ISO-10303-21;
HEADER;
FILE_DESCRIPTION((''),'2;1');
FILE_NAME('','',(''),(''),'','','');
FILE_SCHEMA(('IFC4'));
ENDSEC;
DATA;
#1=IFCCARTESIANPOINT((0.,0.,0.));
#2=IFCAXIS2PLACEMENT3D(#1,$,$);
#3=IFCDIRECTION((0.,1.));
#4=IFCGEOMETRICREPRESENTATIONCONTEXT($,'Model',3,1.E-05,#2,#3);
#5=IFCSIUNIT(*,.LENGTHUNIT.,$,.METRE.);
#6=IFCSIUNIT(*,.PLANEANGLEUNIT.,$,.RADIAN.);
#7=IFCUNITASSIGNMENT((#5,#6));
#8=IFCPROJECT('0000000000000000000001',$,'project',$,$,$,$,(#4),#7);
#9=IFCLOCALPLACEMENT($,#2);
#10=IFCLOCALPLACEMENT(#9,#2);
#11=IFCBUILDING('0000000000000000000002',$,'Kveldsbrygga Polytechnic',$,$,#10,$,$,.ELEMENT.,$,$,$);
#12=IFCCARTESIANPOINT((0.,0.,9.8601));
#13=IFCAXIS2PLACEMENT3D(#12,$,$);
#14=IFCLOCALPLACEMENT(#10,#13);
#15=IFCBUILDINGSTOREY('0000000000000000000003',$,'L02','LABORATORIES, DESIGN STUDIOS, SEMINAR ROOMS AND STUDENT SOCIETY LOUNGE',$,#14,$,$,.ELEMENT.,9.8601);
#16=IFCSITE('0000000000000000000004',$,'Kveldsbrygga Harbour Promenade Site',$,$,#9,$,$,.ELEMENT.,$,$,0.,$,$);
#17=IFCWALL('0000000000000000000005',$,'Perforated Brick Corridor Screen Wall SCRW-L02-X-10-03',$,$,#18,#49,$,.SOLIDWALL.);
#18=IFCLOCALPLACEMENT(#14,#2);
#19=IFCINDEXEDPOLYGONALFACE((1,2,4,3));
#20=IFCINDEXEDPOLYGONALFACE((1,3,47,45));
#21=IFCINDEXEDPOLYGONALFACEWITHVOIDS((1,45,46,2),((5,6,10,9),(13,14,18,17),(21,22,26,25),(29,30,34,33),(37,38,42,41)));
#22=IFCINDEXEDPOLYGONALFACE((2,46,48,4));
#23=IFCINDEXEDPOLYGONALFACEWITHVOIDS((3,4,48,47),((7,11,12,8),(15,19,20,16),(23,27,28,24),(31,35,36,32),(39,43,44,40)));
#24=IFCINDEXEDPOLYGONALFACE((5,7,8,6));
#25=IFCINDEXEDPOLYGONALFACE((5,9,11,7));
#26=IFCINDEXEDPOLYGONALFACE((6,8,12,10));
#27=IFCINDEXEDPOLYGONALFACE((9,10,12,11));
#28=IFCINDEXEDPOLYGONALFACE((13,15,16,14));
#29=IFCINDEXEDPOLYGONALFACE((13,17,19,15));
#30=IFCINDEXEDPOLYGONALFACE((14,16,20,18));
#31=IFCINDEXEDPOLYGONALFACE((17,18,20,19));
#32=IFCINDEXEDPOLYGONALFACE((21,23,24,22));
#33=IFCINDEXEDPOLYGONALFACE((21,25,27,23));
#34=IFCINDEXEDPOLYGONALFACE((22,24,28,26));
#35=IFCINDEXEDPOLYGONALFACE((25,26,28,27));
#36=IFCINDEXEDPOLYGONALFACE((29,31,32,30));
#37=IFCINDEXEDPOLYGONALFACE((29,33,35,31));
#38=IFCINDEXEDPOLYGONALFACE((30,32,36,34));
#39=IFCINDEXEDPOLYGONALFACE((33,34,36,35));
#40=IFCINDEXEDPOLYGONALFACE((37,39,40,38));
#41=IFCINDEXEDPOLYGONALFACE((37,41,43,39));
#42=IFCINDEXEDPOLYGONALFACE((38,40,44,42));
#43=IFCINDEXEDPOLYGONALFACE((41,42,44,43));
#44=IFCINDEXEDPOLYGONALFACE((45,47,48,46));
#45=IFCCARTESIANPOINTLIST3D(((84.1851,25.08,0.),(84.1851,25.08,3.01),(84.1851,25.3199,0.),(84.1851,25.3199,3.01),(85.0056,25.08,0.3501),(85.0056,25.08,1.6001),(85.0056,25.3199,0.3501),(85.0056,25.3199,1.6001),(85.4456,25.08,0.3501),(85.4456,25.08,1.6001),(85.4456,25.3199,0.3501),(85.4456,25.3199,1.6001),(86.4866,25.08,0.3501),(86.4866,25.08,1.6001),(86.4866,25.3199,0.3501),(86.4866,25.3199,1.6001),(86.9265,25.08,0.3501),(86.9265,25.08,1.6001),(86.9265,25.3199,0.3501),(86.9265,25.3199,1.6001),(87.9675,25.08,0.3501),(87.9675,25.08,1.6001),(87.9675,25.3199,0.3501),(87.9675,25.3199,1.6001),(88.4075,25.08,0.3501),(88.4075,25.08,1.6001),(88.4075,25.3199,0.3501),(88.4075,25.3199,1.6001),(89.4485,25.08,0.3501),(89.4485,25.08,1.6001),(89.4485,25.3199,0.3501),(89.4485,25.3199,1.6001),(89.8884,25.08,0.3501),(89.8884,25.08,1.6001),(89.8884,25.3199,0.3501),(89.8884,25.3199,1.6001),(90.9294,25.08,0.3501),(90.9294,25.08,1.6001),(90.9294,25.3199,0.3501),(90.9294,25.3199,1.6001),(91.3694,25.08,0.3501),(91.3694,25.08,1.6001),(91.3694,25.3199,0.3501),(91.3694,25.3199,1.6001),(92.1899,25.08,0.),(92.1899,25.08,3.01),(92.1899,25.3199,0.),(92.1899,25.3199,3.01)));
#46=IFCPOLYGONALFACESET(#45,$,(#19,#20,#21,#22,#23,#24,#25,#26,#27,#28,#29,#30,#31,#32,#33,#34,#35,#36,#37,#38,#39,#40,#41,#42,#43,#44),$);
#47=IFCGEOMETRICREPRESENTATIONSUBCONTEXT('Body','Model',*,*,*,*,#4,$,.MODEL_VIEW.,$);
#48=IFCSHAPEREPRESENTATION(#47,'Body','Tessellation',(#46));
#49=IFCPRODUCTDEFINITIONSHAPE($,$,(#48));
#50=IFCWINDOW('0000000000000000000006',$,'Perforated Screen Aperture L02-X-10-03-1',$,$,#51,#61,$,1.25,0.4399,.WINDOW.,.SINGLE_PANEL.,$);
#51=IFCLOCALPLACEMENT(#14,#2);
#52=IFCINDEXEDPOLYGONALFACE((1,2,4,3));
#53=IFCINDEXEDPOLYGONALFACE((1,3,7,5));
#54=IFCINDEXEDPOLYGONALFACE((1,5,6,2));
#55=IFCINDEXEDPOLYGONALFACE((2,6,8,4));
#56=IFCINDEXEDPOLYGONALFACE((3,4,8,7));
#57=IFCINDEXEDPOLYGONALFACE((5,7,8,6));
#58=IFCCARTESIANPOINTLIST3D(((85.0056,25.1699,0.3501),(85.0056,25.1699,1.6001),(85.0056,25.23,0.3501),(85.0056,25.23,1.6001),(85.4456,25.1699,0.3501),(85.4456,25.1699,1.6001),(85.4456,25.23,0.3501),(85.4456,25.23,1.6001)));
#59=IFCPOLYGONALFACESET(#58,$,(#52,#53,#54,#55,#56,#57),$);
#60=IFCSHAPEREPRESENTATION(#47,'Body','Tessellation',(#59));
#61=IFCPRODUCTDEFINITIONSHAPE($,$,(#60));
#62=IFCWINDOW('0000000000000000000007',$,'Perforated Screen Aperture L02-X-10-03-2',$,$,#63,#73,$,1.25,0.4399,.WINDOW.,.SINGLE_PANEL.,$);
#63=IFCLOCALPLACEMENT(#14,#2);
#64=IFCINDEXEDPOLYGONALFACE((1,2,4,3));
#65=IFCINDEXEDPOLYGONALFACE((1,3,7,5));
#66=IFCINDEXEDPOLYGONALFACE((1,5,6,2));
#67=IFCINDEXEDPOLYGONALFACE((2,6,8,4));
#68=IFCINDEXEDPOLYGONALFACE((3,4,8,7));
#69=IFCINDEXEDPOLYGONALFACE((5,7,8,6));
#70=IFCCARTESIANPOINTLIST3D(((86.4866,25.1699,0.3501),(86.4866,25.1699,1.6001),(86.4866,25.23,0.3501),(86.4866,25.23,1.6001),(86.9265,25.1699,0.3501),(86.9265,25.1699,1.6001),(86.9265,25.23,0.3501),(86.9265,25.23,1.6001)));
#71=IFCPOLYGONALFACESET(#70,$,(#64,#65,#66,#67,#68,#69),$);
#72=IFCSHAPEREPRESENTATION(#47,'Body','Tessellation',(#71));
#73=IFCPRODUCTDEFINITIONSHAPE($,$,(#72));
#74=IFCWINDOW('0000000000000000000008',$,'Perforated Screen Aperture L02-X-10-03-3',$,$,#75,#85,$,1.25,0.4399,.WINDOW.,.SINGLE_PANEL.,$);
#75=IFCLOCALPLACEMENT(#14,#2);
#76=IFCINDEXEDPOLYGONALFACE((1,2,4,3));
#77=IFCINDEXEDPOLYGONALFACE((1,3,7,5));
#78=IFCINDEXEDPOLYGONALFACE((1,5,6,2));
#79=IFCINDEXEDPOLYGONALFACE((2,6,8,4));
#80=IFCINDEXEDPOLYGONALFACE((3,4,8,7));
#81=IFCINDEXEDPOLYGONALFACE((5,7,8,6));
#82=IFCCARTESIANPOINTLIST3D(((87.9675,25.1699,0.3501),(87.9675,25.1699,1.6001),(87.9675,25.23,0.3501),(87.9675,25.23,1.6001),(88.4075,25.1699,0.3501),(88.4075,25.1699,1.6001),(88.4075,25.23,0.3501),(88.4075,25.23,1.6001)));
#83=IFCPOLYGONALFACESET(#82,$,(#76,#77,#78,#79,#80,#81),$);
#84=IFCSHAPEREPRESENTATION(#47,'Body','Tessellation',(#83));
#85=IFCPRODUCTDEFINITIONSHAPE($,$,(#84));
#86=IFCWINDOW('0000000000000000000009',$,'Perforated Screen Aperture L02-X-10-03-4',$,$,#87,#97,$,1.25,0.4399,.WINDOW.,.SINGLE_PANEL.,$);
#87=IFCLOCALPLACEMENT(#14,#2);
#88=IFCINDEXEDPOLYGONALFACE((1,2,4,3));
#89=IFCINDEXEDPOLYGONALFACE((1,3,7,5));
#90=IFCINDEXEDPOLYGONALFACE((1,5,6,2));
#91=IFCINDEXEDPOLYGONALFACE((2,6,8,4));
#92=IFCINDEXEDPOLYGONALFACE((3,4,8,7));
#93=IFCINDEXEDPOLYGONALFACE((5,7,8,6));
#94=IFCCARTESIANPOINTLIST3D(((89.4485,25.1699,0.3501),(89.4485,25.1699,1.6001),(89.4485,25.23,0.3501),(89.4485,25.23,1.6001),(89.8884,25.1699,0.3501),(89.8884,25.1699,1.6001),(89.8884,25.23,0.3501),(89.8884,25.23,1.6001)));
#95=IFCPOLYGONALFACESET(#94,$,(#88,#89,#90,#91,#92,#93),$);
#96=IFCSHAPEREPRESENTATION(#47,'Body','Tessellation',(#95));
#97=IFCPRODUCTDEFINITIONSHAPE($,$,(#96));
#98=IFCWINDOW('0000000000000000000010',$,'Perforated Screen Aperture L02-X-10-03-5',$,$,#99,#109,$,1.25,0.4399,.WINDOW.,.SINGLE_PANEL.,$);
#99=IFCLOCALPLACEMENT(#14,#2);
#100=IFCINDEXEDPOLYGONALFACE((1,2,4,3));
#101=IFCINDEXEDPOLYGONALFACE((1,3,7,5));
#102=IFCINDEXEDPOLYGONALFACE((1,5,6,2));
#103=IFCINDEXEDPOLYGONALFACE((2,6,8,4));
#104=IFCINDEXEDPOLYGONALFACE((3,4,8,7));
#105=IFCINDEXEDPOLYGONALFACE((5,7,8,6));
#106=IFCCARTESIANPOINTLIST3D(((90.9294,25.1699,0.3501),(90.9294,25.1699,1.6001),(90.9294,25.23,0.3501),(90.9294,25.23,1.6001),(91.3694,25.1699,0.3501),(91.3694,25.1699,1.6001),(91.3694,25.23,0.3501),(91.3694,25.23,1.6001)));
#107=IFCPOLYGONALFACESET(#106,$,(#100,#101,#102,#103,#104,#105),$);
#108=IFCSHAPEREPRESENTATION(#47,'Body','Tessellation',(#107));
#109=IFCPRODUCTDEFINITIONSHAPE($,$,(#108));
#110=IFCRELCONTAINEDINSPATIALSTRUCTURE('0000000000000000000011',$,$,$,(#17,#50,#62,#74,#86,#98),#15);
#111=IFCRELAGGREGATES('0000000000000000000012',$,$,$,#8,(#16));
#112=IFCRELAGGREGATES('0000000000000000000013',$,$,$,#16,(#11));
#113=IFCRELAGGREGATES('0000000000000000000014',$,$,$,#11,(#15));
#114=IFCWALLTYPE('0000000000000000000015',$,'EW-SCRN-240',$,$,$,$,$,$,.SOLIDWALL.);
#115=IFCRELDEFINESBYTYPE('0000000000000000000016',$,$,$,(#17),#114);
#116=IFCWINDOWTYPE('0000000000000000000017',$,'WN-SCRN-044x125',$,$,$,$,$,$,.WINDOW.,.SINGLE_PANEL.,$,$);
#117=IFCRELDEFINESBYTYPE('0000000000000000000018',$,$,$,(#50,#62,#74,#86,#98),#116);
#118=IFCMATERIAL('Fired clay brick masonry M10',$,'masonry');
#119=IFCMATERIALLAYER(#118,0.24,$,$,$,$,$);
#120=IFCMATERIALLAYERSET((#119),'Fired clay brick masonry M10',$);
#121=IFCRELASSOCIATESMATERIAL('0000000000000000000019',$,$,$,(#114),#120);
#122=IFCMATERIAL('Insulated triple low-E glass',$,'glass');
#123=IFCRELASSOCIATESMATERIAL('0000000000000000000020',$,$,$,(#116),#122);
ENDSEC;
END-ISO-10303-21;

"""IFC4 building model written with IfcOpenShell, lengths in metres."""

from ifc_helpers import new_model, si_unit, direction, frame, frame_2d, origin, place, context, subcontext, project, spatial, rectangle, extrude, material, layer, layer_set, type_object, element, fill, save


model = new_model("IFC4")

# Units and contexts
model_context = context("Model", 3, precision=1e-05, world=origin(), true_north=direction((0.0, 1.0)))
body_context = subcontext(model_context, "Body", "Model", "MODEL_VIEW")
ifc_project = project(units=[si_unit("LENGTHUNIT", "METRE"), si_unit("PLANEANGLEUNIT", "RADIAN")], contexts=[model_context])

# Site, building, storey
site_placement = place(None, origin())
site = spatial("IfcSite", under=ifc_project, at=site_placement, Name="Kveldsbrygga Harbour Promenade Site", CompositionType="ELEMENT", RefElevation=0.0)
building_placement = place(site_placement, origin())
building = spatial("IfcBuilding", under=site, at=building_placement, Name="Kveldsbrygga Polytechnic", CompositionType="ELEMENT")
storey_placement = place(building_placement, frame((0.0, 0.0, 9.8601)))
storey = spatial("IfcBuildingStorey", under=building, at=storey_placement, Name="L02", Description="LABORATORIES, DESIGN STUDIOS, SEMINAR ROOMS AND STUDENT SOCIETY LOUNGE", CompositionType="ELEMENT", Elevation=9.8601)

# Shared definitions
ifc_material_1 = material(Name="Fired clay brick masonry M10", Category="masonry")

# Wall, openings, windows
ifc_layer_1 = layer(ifc_material_1, 0.24)
ifc_layer_set_1 = layer_set([ifc_layer_1], Name="Fired clay brick masonry M10")
wall_type_1 = type_object("IfcWallType", Name="EW-SCRN-240", PredefinedType="SOLIDWALL", material=ifc_layer_set_1)
wall_1_placement = place(storey_placement, frame((84.1851, 25.2, 0.0), z_axis=(0.0, 0.0, 1.0), x_axis=(1.0, 0.0, 0.0)))
wall_1 = element("IfcWall", 1, at=wall_1_placement, inside=storey, type_object=wall_type_1, Name="Perforated Brick Corridor Screen Wall SCRW-L02-X-10-03", PredefinedType="SOLIDWALL", context=body_context, shape_type="SweptSolid", body=[
    extrude(rectangle(XDim=8.0049, YDim=0.24, at=frame_2d((4.0024, 0.0))), origin(), (0.0, 0.0, 1.0), 3.01),
])
opening_1_placement = place(wall_1_placement, frame((0.8206, 0.0, 0.3501)))
opening_1 = element("IfcOpeningElement", 2, at=opening_1_placement, cuts=wall_1, PredefinedType="OPENING", context=body_context, shape_type="SweptSolid", body=[
    extrude(rectangle(XDim=0.4399, YDim=1.25, at=frame_2d((0.22, 0.625))), frame((0.0, 0.1299, 0.0), z_axis=(0.0, -1.0, 0.0), x_axis=(1.0, 0.0, 0.0)), (0.0, 0.0, 1.0), 0.26),
])
opening_2_placement = place(wall_1_placement, frame((2.3015, 0.0, 0.3501)))
opening_2 = element("IfcOpeningElement", 3, at=opening_2_placement, cuts=wall_1, PredefinedType="OPENING", context=body_context, shape_type="SweptSolid", body=[
    extrude(rectangle(XDim=0.4399, YDim=1.25, at=frame_2d((0.22, 0.625))), frame((0.0, 0.1299, 0.0), z_axis=(0.0, -1.0, 0.0), x_axis=(1.0, 0.0, 0.0)), (0.0, 0.0, 1.0), 0.26),
])
opening_3_placement = place(wall_1_placement, frame((3.7825, 0.0, 0.3501)))
opening_3 = element("IfcOpeningElement", 4, at=opening_3_placement, cuts=wall_1, PredefinedType="OPENING", context=body_context, shape_type="SweptSolid", body=[
    extrude(rectangle(XDim=0.4399, YDim=1.25, at=frame_2d((0.22, 0.625))), frame((0.0, 0.1299, 0.0), z_axis=(0.0, -1.0, 0.0), x_axis=(1.0, 0.0, 0.0)), (0.0, 0.0, 1.0), 0.26),
])
opening_4_placement = place(wall_1_placement, frame((5.2634, 0.0, 0.3501)))
opening_4 = element("IfcOpeningElement", 5, at=opening_4_placement, cuts=wall_1, PredefinedType="OPENING", context=body_context, shape_type="SweptSolid", body=[
    extrude(rectangle(XDim=0.4399, YDim=1.25, at=frame_2d((0.22, 0.625))), frame((0.0, 0.1299, 0.0), z_axis=(0.0, -1.0, 0.0), x_axis=(1.0, 0.0, 0.0)), (0.0, 0.0, 1.0), 0.26),
])
opening_5_placement = place(wall_1_placement, frame((6.7444, 0.0, 0.3501)))
opening_5 = element("IfcOpeningElement", 6, at=opening_5_placement, cuts=wall_1, PredefinedType="OPENING", context=body_context, shape_type="SweptSolid", body=[
    extrude(rectangle(XDim=0.4399, YDim=1.25, at=frame_2d((0.22, 0.625))), frame((0.0, 0.1299, 0.0), z_axis=(0.0, -1.0, 0.0), x_axis=(1.0, 0.0, 0.0)), (0.0, 0.0, 1.0), 0.26),
])
ifc_material_2 = material(Name="Insulated triple low-E glass", Category="glass")
window_type = type_object("IfcWindowType", Name="WN-SCRN-044x125", PartitioningType="SINGLE_PANEL", PredefinedType="WINDOW", material=ifc_material_2)
window_1_placement = place(opening_1_placement, origin())
window_1 = element("IfcWindow", 7, at=window_1_placement, inside=storey, type_object=window_type, Name="Perforated Screen Aperture L02-X-10-03-1", OverallHeight=1.25, OverallWidth=0.4399, PartitioningType="SINGLE_PANEL", PredefinedType="WINDOW", context=body_context, shape_type="SweptSolid", body=[
    extrude(rectangle(XDim=0.4399, YDim=1.25, at=frame_2d((0.22, 0.625))), frame((0.0, 0.03, 0.0), z_axis=(0.0, -1.0, 0.0), x_axis=(1.0, 0.0, 0.0)), (0.0, 0.0, 1.0), 0.0601),
])
fill(opening_1, window_1)
window_2_placement = place(opening_2_placement, origin())
window_2 = element("IfcWindow", 8, at=window_2_placement, inside=storey, type_object=window_type, Name="Perforated Screen Aperture L02-X-10-03-2", OverallHeight=1.25, OverallWidth=0.4399, PartitioningType="SINGLE_PANEL", PredefinedType="WINDOW", context=body_context, shape_type="SweptSolid", body=[
    extrude(rectangle(XDim=0.4399, YDim=1.25, at=frame_2d((0.22, 0.625))), frame((0.0, 0.03, 0.0), z_axis=(0.0, -1.0, 0.0), x_axis=(1.0, 0.0, 0.0)), (0.0, 0.0, 1.0), 0.0601),
])
fill(opening_2, window_2)
window_3_placement = place(opening_3_placement, origin())
window_3 = element("IfcWindow", 9, at=window_3_placement, inside=storey, type_object=window_type, Name="Perforated Screen Aperture L02-X-10-03-3", OverallHeight=1.25, OverallWidth=0.4399, PartitioningType="SINGLE_PANEL", PredefinedType="WINDOW", context=body_context, shape_type="SweptSolid", body=[
    extrude(rectangle(XDim=0.4399, YDim=1.25, at=frame_2d((0.22, 0.625))), frame((0.0, 0.03, 0.0), z_axis=(0.0, -1.0, 0.0), x_axis=(1.0, 0.0, 0.0)), (0.0, 0.0, 1.0), 0.0601),
])
fill(opening_3, window_3)
window_4_placement = place(opening_4_placement, origin())
window_4 = element("IfcWindow", 10, at=window_4_placement, inside=storey, type_object=window_type, Name="Perforated Screen Aperture L02-X-10-03-4", OverallHeight=1.25, OverallWidth=0.4399, PartitioningType="SINGLE_PANEL", PredefinedType="WINDOW", context=body_context, shape_type="SweptSolid", body=[
    extrude(rectangle(XDim=0.4399, YDim=1.25, at=frame_2d((0.22, 0.625))), frame((0.0, 0.03, 0.0), z_axis=(0.0, -1.0, 0.0), x_axis=(1.0, 0.0, 0.0)), (0.0, 0.0, 1.0), 0.0601),
])
fill(opening_4, window_4)
window_5_placement = place(opening_5_placement, origin())
window_5 = element("IfcWindow", 11, at=window_5_placement, inside=storey, type_object=window_type, Name="Perforated Screen Aperture L02-X-10-03-5", OverallHeight=1.25, OverallWidth=0.4399, PartitioningType="SINGLE_PANEL", PredefinedType="WINDOW", context=body_context, shape_type="SweptSolid", body=[
    extrude(rectangle(XDim=0.4399, YDim=1.25, at=frame_2d((0.22, 0.625))), frame((0.0, 0.03, 0.0), z_axis=(0.0, -1.0, 0.0), x_axis=(1.0, 0.0, 0.0)), (0.0, 0.0, 1.0), 0.0601),
])
fill(opening_5, window_5)

save(model, "model.ifc")
